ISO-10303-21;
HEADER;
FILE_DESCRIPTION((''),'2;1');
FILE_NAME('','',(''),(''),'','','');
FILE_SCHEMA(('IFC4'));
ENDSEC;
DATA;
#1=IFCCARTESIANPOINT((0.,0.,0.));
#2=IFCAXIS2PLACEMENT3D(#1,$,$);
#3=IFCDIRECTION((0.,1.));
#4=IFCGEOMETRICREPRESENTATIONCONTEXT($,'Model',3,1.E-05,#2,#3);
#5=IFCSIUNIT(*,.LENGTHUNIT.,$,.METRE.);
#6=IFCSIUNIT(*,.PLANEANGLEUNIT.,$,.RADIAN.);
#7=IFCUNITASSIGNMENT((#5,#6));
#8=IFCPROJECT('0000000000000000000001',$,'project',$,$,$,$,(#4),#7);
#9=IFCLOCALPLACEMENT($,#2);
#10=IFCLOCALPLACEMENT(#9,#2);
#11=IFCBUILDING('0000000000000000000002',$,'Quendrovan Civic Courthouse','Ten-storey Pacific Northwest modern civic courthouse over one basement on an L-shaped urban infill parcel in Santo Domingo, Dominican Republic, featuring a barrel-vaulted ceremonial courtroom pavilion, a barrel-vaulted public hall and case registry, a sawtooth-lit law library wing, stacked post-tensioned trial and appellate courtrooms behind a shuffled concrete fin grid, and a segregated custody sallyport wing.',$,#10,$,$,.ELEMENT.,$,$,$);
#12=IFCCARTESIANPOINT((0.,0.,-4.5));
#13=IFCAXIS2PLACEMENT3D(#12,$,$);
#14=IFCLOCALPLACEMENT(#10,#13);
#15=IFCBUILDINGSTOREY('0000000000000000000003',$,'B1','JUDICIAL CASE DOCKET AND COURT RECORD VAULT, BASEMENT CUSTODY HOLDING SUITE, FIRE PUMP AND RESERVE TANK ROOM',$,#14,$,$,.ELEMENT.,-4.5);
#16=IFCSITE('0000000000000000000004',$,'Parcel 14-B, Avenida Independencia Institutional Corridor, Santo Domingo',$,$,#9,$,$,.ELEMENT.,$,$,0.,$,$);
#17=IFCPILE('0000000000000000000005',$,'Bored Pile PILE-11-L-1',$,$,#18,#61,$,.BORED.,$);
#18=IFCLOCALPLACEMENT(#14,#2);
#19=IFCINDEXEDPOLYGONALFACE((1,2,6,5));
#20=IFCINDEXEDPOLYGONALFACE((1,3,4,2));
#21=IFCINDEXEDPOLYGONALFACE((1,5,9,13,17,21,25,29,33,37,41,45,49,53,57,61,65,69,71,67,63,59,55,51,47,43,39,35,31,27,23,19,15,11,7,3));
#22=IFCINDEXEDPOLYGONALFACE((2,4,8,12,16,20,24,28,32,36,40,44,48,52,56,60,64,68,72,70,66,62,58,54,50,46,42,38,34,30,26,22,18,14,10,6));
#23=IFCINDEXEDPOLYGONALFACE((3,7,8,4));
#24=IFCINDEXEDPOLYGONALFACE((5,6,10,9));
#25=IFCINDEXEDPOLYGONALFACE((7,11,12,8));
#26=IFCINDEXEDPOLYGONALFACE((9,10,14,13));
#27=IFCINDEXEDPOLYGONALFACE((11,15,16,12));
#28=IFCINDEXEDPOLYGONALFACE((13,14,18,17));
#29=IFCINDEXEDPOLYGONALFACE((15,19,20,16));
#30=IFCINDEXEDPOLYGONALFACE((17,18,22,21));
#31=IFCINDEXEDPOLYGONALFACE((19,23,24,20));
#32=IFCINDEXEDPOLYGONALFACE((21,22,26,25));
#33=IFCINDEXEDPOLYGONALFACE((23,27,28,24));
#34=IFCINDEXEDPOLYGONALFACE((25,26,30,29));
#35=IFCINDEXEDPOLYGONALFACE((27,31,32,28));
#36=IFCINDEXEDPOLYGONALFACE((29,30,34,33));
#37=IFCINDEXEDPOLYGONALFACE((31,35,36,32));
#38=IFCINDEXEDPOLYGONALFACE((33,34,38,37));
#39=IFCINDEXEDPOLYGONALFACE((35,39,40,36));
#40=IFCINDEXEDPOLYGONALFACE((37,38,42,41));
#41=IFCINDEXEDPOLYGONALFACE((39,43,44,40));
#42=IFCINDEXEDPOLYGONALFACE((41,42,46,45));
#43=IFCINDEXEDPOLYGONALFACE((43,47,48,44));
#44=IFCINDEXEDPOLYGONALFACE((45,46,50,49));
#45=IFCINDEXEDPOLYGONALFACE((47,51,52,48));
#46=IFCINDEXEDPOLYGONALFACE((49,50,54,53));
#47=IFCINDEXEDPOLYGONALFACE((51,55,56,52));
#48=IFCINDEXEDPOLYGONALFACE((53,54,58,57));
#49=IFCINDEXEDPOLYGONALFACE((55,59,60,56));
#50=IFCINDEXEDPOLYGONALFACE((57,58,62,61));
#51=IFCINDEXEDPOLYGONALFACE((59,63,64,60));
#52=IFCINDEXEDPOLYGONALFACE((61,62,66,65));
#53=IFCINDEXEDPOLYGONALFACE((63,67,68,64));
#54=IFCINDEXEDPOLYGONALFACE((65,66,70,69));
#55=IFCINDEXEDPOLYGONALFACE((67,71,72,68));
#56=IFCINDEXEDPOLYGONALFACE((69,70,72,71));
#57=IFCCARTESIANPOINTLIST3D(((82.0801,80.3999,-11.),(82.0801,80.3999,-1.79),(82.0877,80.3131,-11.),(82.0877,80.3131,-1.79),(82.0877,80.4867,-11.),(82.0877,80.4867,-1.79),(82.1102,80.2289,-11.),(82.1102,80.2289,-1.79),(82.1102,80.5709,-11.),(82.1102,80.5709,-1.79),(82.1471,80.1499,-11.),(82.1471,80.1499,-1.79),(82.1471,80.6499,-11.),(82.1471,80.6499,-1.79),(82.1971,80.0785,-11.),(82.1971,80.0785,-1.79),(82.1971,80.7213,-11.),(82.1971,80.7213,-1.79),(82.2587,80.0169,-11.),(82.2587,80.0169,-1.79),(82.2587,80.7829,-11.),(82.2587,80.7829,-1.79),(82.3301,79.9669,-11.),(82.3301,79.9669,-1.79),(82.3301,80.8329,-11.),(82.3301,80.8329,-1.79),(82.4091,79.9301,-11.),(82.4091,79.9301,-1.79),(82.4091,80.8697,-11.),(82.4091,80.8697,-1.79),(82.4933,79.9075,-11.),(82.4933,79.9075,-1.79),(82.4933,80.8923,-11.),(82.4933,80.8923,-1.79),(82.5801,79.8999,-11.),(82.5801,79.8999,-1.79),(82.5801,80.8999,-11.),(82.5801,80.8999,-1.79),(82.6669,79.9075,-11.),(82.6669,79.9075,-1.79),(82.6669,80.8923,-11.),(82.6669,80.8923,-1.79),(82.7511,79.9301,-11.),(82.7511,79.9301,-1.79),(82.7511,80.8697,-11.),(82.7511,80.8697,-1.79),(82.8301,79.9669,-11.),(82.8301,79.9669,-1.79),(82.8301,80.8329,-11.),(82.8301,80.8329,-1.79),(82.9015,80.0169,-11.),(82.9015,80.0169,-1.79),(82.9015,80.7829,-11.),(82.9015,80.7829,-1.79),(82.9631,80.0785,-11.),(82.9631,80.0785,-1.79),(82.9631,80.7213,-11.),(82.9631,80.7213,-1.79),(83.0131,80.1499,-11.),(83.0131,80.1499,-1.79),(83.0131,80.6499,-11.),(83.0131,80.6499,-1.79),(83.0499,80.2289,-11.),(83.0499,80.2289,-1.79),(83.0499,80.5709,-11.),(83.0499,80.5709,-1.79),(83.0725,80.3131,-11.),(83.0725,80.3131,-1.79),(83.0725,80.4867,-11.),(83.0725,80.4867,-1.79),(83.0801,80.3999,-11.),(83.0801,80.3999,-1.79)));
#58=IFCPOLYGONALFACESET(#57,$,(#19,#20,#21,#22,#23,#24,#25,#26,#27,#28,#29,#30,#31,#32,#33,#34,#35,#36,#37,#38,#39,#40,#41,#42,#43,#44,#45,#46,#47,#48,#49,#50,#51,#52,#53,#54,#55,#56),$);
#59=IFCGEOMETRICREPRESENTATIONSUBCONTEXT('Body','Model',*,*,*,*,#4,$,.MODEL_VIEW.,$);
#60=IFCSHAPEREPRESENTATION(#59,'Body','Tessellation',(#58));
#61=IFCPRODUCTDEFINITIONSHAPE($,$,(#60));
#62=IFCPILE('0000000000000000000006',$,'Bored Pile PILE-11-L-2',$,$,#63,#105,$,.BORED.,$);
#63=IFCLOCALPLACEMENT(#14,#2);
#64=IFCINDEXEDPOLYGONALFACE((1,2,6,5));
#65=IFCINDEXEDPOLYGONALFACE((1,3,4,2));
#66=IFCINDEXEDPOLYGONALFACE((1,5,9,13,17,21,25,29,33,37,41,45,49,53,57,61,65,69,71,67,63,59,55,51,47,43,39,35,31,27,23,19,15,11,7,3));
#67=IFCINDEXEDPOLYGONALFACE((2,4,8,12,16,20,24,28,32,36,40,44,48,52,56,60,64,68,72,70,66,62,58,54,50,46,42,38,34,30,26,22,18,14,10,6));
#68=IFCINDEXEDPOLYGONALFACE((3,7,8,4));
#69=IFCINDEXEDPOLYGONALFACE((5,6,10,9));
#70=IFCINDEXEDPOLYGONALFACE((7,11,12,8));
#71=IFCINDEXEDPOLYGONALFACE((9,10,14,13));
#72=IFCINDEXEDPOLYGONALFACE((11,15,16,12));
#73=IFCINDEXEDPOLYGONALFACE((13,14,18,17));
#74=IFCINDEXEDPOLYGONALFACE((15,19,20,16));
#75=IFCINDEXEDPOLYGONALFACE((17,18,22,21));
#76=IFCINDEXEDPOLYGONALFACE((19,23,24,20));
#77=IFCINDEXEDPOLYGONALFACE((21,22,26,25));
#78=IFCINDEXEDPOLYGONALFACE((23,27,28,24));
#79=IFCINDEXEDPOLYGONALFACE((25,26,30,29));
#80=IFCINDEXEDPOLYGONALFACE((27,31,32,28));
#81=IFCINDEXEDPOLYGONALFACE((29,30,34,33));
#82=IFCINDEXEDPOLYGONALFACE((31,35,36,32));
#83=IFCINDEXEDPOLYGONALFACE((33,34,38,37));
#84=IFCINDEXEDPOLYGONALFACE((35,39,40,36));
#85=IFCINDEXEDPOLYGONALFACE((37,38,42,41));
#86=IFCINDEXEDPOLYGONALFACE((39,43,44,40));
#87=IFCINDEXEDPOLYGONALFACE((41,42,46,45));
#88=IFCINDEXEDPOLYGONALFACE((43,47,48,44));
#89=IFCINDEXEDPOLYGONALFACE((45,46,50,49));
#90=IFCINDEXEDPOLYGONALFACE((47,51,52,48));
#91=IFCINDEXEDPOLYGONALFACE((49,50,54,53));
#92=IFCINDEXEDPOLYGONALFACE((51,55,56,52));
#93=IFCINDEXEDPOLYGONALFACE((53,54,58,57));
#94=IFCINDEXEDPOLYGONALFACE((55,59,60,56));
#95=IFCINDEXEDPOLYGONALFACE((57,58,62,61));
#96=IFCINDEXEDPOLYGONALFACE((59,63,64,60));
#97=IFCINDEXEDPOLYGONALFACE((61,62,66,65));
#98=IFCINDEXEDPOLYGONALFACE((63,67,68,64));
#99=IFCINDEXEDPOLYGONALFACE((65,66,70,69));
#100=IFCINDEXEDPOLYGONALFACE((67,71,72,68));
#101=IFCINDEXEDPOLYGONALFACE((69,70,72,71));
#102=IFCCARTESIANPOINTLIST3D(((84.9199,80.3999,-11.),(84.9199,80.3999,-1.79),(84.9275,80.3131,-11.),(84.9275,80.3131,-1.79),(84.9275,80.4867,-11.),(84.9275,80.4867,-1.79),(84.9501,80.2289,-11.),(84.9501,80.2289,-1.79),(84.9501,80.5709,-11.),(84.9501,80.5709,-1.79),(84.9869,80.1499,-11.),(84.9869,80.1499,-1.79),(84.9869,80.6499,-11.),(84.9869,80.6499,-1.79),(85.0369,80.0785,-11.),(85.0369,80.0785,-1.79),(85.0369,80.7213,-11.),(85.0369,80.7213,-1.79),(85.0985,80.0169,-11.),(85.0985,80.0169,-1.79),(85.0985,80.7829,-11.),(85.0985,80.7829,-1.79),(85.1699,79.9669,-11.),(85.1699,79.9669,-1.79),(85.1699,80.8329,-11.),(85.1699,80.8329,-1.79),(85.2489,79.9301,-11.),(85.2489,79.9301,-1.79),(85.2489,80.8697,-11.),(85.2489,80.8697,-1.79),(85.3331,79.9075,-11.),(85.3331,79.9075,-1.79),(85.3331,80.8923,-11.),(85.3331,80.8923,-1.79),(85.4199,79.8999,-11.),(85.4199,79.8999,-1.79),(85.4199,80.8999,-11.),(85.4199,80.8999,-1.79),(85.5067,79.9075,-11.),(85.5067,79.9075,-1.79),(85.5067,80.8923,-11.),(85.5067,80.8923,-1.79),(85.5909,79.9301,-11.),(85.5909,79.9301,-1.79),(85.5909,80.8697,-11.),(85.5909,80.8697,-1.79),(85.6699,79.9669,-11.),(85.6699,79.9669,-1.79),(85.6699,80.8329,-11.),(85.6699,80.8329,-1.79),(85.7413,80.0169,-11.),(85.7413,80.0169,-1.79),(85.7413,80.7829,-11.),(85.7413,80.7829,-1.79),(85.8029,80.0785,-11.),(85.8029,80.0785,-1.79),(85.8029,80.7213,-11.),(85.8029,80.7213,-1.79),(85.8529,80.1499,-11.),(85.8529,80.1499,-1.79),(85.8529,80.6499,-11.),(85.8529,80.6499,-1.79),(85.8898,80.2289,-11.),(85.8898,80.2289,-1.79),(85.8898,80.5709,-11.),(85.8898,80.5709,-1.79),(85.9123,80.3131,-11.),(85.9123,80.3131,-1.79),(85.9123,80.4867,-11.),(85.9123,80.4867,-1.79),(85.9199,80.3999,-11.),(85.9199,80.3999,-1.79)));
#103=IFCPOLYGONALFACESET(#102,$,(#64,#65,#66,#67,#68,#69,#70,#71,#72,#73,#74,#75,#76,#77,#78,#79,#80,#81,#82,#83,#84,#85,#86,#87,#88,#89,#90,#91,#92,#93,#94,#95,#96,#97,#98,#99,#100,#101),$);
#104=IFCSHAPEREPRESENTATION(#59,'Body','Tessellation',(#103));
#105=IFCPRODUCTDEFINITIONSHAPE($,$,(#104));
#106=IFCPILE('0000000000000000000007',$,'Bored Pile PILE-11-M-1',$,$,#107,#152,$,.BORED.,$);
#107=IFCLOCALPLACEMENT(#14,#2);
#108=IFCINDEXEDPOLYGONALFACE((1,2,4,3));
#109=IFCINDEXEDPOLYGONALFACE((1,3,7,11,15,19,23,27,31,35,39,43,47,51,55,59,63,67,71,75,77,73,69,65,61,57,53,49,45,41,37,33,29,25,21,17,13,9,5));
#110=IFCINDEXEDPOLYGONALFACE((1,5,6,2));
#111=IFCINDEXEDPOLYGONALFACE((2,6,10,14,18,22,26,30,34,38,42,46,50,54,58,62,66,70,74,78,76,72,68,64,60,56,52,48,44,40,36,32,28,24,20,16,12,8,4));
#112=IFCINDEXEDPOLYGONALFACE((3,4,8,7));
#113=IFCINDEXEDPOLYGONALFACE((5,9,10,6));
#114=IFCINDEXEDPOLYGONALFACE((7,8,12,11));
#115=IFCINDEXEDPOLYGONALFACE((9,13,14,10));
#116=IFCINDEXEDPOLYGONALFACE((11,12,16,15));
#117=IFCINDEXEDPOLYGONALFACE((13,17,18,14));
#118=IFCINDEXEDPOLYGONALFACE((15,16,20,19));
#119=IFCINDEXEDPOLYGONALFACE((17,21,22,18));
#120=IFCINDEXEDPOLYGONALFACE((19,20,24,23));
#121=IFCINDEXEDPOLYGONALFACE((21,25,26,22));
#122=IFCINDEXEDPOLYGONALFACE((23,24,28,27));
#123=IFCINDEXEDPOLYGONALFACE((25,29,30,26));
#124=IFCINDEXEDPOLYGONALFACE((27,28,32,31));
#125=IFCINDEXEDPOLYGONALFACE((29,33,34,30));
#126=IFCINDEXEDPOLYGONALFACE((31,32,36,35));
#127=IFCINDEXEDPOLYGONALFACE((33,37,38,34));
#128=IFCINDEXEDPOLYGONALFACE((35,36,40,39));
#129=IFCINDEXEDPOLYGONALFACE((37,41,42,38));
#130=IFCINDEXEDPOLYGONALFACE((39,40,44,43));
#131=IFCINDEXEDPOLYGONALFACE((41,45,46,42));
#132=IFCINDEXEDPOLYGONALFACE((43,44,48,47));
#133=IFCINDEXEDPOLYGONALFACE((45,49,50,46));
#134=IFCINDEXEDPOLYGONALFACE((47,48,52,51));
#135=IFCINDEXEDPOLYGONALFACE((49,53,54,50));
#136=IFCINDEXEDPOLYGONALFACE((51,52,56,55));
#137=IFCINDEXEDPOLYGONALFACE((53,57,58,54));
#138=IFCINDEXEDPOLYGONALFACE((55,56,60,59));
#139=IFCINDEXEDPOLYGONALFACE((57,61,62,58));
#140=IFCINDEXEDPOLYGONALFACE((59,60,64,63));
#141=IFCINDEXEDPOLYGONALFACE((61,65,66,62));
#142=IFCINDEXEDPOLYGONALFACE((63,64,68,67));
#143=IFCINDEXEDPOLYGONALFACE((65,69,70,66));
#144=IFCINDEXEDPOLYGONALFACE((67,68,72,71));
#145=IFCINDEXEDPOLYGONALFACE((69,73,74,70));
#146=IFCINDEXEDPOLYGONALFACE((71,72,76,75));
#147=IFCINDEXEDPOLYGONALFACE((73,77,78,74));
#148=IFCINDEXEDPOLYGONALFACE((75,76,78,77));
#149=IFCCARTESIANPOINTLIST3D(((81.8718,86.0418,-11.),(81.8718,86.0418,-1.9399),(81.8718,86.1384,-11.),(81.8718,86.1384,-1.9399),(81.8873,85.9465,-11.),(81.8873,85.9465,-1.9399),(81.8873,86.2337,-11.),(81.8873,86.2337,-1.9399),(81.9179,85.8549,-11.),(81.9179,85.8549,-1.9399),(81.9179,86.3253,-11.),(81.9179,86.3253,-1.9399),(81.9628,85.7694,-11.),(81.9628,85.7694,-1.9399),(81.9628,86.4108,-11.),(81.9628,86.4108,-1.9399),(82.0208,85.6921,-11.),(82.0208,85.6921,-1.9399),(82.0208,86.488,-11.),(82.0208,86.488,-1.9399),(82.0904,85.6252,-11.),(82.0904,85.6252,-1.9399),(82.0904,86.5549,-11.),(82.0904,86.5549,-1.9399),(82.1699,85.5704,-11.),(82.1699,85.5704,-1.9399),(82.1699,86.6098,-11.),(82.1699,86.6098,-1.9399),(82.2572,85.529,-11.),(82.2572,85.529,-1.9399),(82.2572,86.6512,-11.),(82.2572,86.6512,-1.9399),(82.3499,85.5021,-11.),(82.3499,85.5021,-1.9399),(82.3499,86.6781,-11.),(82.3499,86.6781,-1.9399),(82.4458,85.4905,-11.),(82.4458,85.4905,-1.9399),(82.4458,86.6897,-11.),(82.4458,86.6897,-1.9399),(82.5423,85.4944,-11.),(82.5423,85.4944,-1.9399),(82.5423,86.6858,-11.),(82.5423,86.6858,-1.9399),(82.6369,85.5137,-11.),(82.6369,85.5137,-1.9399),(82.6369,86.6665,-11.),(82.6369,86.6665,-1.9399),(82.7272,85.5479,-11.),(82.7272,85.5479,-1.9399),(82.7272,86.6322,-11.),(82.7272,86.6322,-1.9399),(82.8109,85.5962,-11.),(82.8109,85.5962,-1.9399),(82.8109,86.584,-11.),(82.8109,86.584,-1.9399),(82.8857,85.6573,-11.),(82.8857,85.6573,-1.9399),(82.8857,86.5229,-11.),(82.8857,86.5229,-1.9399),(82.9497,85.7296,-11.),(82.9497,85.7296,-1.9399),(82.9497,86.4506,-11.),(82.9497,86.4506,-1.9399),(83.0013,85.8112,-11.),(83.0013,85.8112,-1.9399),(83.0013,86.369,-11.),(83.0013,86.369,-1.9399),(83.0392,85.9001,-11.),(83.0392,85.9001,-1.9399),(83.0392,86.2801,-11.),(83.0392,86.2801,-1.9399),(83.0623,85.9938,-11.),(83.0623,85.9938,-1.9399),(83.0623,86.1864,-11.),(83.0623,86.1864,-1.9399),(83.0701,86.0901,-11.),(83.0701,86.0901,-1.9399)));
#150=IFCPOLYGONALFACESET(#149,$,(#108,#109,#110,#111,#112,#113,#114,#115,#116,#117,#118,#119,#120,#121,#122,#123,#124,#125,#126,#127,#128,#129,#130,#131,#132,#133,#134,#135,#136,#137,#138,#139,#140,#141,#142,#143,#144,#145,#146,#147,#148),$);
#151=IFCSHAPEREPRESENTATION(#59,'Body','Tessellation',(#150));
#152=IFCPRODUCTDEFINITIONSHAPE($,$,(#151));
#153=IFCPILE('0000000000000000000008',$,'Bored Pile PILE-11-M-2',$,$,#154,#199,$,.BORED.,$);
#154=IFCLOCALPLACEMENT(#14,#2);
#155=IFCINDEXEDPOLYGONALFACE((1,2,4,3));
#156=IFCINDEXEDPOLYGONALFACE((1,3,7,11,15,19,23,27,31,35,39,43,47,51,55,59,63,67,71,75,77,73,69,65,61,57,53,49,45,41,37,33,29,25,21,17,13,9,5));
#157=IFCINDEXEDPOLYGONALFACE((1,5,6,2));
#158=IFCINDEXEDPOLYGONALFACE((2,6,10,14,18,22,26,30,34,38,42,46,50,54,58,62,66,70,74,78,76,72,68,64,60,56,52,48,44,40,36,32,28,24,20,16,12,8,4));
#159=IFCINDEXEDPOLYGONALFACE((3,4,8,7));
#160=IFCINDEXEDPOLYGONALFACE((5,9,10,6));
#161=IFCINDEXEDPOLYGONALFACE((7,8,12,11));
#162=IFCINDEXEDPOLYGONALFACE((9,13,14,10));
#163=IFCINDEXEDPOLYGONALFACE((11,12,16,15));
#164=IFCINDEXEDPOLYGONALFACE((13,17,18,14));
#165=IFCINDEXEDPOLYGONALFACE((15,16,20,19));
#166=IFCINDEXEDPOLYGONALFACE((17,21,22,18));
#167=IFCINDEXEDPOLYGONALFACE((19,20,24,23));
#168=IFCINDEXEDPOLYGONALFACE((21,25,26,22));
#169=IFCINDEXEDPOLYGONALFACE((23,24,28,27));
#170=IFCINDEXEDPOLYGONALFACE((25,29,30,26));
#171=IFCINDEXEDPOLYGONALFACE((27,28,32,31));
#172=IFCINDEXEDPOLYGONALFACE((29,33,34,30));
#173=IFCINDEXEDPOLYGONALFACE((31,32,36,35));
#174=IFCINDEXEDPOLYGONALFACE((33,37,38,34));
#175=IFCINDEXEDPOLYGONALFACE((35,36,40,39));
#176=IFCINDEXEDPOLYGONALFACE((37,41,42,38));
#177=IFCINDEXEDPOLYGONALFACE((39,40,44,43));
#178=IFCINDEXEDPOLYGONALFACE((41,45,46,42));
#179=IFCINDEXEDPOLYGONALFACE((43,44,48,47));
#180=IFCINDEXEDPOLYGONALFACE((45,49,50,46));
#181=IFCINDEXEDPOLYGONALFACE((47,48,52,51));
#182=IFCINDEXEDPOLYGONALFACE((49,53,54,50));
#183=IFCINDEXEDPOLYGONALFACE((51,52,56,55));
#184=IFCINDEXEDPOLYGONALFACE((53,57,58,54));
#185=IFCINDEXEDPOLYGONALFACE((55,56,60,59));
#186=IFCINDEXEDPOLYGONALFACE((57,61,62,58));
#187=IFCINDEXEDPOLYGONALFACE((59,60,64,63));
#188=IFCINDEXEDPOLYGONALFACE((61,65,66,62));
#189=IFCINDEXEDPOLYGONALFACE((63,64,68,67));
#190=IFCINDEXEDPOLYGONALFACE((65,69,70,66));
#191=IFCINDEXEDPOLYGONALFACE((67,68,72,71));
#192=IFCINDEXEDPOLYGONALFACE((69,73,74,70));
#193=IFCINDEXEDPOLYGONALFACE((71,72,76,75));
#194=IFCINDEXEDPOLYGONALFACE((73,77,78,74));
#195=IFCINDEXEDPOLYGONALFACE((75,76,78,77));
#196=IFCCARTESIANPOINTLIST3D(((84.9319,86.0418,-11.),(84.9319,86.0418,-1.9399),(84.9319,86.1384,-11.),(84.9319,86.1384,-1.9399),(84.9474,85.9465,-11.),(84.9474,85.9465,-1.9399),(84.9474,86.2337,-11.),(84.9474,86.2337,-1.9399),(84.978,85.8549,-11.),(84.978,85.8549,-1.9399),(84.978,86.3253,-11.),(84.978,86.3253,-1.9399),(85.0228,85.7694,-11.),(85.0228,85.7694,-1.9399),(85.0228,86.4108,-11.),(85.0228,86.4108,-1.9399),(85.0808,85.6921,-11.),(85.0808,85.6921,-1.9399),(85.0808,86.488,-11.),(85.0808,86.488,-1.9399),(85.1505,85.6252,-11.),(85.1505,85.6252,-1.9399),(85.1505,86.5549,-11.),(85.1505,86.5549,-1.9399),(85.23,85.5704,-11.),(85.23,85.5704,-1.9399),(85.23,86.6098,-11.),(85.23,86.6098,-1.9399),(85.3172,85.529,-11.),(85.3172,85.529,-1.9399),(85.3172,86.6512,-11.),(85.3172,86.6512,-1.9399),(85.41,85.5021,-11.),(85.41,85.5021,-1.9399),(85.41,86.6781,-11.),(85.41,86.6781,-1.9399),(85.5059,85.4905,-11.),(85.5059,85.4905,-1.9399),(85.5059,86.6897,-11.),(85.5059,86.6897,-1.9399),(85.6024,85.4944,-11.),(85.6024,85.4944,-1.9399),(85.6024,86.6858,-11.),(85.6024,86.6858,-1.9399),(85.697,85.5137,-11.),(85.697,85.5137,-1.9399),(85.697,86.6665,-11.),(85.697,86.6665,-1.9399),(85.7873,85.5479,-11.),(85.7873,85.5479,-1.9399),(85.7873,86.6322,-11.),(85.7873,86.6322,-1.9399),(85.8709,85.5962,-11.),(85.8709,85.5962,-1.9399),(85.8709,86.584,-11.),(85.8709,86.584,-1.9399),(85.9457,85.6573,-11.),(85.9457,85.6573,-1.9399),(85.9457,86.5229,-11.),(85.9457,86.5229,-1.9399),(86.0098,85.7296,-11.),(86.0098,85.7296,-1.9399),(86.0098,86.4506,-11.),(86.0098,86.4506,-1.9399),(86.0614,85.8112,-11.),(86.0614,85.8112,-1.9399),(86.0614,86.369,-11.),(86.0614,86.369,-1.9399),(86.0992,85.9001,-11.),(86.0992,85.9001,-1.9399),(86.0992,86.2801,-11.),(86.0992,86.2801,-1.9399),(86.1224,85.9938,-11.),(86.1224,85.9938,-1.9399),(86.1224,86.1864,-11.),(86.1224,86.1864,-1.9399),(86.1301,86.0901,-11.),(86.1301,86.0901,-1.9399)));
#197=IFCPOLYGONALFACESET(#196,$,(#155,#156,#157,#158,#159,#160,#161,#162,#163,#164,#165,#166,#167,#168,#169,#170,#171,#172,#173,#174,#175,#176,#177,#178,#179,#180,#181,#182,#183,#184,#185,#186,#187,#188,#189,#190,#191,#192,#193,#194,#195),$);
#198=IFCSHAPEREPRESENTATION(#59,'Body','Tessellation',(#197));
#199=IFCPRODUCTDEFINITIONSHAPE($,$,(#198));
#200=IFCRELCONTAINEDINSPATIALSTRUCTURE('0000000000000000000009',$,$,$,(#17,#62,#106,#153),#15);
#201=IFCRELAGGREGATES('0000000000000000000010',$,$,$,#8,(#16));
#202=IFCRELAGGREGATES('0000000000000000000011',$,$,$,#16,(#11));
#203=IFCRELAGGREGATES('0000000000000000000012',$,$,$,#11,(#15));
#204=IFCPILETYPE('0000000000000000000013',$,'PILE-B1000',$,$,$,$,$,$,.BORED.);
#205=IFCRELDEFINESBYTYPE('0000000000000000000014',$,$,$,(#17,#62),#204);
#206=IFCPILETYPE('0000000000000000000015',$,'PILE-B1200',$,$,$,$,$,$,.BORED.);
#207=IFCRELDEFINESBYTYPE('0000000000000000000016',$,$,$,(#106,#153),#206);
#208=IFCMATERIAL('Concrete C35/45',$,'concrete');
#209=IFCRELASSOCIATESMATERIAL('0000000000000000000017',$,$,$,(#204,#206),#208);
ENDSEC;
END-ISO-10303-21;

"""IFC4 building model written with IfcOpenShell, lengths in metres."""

from ifc_helpers import new_model, si_unit, direction, frame, origin, origin_2d, place, context, subcontext, project, spatial, circle, extrude, material, material_profile, profile_set, type_object, element, save


model = new_model("IFC4")

# Units and contexts
model_context = context("Model", 3, precision=1e-05, world=origin(), true_north=direction((0.0, 1.0)))
body_context = subcontext(model_context, "Body", "Model", "MODEL_VIEW")
ifc_project = project(units=[si_unit("LENGTHUNIT", "METRE"), si_unit("PLANEANGLEUNIT", "RADIAN")], contexts=[model_context])

# Site, building, storey
site_placement = place(None, origin())
site = spatial("IfcSite", under=ifc_project, at=site_placement, Name="Parcel 14-B, Avenida Independencia Institutional Corridor, Santo Domingo", CompositionType="ELEMENT", RefElevation=0.0)
building_placement = place(site_placement, origin())
building = spatial("IfcBuilding", under=site, at=building_placement, Name="Quendrovan Civic Courthouse", Description="Ten-storey Pacific Northwest modern civic courthouse over one basement on an L-shaped urban infill parcel in Santo Domingo, Dominican Republic, featuring a barrel-vaulted ceremonial courtroom pavilion, a barrel-vaulted public hall and case registry, a sawtooth-lit law library wing, stacked post-tensioned trial and appellate courtrooms behind a shuffled concrete fin grid, and a segregated custody sallyport wing.", CompositionType="ELEMENT")
storey_placement = place(building_placement, frame((0.0, 0.0, -4.5)))
storey = spatial("IfcBuildingStorey", under=building, at=storey_placement, Name="B1", Description="JUDICIAL CASE DOCKET AND COURT RECORD VAULT, BASEMENT CUSTODY HOLDING SUITE, FIRE PUMP AND RESERVE TANK ROOM", CompositionType="ELEMENT", Elevation=-4.5)

# Shared definitions
ifc_material_1 = material(Name="Concrete C35/45", Category="concrete")

# Piles
ifc_material_profile_1 = material_profile(ifc_material_1, circle(Radius=0.5, at=origin_2d()), Name="PILE-D1000")
ifc_profile_set_1 = profile_set([ifc_material_profile_1], Name="Concrete C35/45")
pile_type_1 = type_object("IfcPileType", Name="PILE-B1000", PredefinedType="BORED", material=ifc_profile_set_1)
for number, where, z_axis, x_axis, name in (
    (1, (82.5801, 80.3999, -1.79), (0.0, 0.0, -1.0), (1.0, 0.0, 0.0), "Bored Pile PILE-11-L-1"),
    (2, (85.4199, 80.3999, -1.79), (0.0, 0.0, -1.0), (1.0, 0.0, 0.0), "Bored Pile PILE-11-L-2"),
):
    element("IfcPile", number, at=place(storey_placement, frame(where, z_axis=z_axis, x_axis=x_axis)), inside=storey, type_object=pile_type_1, Name=name, PredefinedType="BORED", context=body_context, shape_type="SweptSolid", body=[
        extrude(circle(Radius=0.5, at=origin_2d()), origin(), (0.0, 0.0, 1.0), 9.21),
    ])
ifc_material_profile_2 = material_profile(ifc_material_1, circle(Radius=0.6001, at=origin_2d()), Name="PILE-D1200")
ifc_profile_set_2 = profile_set([ifc_material_profile_2], Name="Concrete C35/45")
pile_type_2 = type_object("IfcPileType", Name="PILE-B1200", PredefinedType="BORED", material=ifc_profile_set_2)
for number, where, z_axis, x_axis, name in (
    (3, (82.47, 86.0901, -1.9399), (0.0, 0.0, -1.0), (1.0, 0.0, 0.0), "Bored Pile PILE-11-M-1"),
    (4, (85.53, 86.0901, -1.9399), (0.0, 0.0, -1.0), (1.0, 0.0, 0.0), "Bored Pile PILE-11-M-2"),
):
    element("IfcPile", number, at=place(storey_placement, frame(where, z_axis=z_axis, x_axis=x_axis)), inside=storey, type_object=pile_type_2, Name=name, PredefinedType="BORED", context=body_context, shape_type="SweptSolid", body=[
        extrude(circle(Radius=0.6001, at=origin_2d()), origin(), (0.0, 0.0, 1.0), 9.0601),
    ])

save(model, "model.ifc")
